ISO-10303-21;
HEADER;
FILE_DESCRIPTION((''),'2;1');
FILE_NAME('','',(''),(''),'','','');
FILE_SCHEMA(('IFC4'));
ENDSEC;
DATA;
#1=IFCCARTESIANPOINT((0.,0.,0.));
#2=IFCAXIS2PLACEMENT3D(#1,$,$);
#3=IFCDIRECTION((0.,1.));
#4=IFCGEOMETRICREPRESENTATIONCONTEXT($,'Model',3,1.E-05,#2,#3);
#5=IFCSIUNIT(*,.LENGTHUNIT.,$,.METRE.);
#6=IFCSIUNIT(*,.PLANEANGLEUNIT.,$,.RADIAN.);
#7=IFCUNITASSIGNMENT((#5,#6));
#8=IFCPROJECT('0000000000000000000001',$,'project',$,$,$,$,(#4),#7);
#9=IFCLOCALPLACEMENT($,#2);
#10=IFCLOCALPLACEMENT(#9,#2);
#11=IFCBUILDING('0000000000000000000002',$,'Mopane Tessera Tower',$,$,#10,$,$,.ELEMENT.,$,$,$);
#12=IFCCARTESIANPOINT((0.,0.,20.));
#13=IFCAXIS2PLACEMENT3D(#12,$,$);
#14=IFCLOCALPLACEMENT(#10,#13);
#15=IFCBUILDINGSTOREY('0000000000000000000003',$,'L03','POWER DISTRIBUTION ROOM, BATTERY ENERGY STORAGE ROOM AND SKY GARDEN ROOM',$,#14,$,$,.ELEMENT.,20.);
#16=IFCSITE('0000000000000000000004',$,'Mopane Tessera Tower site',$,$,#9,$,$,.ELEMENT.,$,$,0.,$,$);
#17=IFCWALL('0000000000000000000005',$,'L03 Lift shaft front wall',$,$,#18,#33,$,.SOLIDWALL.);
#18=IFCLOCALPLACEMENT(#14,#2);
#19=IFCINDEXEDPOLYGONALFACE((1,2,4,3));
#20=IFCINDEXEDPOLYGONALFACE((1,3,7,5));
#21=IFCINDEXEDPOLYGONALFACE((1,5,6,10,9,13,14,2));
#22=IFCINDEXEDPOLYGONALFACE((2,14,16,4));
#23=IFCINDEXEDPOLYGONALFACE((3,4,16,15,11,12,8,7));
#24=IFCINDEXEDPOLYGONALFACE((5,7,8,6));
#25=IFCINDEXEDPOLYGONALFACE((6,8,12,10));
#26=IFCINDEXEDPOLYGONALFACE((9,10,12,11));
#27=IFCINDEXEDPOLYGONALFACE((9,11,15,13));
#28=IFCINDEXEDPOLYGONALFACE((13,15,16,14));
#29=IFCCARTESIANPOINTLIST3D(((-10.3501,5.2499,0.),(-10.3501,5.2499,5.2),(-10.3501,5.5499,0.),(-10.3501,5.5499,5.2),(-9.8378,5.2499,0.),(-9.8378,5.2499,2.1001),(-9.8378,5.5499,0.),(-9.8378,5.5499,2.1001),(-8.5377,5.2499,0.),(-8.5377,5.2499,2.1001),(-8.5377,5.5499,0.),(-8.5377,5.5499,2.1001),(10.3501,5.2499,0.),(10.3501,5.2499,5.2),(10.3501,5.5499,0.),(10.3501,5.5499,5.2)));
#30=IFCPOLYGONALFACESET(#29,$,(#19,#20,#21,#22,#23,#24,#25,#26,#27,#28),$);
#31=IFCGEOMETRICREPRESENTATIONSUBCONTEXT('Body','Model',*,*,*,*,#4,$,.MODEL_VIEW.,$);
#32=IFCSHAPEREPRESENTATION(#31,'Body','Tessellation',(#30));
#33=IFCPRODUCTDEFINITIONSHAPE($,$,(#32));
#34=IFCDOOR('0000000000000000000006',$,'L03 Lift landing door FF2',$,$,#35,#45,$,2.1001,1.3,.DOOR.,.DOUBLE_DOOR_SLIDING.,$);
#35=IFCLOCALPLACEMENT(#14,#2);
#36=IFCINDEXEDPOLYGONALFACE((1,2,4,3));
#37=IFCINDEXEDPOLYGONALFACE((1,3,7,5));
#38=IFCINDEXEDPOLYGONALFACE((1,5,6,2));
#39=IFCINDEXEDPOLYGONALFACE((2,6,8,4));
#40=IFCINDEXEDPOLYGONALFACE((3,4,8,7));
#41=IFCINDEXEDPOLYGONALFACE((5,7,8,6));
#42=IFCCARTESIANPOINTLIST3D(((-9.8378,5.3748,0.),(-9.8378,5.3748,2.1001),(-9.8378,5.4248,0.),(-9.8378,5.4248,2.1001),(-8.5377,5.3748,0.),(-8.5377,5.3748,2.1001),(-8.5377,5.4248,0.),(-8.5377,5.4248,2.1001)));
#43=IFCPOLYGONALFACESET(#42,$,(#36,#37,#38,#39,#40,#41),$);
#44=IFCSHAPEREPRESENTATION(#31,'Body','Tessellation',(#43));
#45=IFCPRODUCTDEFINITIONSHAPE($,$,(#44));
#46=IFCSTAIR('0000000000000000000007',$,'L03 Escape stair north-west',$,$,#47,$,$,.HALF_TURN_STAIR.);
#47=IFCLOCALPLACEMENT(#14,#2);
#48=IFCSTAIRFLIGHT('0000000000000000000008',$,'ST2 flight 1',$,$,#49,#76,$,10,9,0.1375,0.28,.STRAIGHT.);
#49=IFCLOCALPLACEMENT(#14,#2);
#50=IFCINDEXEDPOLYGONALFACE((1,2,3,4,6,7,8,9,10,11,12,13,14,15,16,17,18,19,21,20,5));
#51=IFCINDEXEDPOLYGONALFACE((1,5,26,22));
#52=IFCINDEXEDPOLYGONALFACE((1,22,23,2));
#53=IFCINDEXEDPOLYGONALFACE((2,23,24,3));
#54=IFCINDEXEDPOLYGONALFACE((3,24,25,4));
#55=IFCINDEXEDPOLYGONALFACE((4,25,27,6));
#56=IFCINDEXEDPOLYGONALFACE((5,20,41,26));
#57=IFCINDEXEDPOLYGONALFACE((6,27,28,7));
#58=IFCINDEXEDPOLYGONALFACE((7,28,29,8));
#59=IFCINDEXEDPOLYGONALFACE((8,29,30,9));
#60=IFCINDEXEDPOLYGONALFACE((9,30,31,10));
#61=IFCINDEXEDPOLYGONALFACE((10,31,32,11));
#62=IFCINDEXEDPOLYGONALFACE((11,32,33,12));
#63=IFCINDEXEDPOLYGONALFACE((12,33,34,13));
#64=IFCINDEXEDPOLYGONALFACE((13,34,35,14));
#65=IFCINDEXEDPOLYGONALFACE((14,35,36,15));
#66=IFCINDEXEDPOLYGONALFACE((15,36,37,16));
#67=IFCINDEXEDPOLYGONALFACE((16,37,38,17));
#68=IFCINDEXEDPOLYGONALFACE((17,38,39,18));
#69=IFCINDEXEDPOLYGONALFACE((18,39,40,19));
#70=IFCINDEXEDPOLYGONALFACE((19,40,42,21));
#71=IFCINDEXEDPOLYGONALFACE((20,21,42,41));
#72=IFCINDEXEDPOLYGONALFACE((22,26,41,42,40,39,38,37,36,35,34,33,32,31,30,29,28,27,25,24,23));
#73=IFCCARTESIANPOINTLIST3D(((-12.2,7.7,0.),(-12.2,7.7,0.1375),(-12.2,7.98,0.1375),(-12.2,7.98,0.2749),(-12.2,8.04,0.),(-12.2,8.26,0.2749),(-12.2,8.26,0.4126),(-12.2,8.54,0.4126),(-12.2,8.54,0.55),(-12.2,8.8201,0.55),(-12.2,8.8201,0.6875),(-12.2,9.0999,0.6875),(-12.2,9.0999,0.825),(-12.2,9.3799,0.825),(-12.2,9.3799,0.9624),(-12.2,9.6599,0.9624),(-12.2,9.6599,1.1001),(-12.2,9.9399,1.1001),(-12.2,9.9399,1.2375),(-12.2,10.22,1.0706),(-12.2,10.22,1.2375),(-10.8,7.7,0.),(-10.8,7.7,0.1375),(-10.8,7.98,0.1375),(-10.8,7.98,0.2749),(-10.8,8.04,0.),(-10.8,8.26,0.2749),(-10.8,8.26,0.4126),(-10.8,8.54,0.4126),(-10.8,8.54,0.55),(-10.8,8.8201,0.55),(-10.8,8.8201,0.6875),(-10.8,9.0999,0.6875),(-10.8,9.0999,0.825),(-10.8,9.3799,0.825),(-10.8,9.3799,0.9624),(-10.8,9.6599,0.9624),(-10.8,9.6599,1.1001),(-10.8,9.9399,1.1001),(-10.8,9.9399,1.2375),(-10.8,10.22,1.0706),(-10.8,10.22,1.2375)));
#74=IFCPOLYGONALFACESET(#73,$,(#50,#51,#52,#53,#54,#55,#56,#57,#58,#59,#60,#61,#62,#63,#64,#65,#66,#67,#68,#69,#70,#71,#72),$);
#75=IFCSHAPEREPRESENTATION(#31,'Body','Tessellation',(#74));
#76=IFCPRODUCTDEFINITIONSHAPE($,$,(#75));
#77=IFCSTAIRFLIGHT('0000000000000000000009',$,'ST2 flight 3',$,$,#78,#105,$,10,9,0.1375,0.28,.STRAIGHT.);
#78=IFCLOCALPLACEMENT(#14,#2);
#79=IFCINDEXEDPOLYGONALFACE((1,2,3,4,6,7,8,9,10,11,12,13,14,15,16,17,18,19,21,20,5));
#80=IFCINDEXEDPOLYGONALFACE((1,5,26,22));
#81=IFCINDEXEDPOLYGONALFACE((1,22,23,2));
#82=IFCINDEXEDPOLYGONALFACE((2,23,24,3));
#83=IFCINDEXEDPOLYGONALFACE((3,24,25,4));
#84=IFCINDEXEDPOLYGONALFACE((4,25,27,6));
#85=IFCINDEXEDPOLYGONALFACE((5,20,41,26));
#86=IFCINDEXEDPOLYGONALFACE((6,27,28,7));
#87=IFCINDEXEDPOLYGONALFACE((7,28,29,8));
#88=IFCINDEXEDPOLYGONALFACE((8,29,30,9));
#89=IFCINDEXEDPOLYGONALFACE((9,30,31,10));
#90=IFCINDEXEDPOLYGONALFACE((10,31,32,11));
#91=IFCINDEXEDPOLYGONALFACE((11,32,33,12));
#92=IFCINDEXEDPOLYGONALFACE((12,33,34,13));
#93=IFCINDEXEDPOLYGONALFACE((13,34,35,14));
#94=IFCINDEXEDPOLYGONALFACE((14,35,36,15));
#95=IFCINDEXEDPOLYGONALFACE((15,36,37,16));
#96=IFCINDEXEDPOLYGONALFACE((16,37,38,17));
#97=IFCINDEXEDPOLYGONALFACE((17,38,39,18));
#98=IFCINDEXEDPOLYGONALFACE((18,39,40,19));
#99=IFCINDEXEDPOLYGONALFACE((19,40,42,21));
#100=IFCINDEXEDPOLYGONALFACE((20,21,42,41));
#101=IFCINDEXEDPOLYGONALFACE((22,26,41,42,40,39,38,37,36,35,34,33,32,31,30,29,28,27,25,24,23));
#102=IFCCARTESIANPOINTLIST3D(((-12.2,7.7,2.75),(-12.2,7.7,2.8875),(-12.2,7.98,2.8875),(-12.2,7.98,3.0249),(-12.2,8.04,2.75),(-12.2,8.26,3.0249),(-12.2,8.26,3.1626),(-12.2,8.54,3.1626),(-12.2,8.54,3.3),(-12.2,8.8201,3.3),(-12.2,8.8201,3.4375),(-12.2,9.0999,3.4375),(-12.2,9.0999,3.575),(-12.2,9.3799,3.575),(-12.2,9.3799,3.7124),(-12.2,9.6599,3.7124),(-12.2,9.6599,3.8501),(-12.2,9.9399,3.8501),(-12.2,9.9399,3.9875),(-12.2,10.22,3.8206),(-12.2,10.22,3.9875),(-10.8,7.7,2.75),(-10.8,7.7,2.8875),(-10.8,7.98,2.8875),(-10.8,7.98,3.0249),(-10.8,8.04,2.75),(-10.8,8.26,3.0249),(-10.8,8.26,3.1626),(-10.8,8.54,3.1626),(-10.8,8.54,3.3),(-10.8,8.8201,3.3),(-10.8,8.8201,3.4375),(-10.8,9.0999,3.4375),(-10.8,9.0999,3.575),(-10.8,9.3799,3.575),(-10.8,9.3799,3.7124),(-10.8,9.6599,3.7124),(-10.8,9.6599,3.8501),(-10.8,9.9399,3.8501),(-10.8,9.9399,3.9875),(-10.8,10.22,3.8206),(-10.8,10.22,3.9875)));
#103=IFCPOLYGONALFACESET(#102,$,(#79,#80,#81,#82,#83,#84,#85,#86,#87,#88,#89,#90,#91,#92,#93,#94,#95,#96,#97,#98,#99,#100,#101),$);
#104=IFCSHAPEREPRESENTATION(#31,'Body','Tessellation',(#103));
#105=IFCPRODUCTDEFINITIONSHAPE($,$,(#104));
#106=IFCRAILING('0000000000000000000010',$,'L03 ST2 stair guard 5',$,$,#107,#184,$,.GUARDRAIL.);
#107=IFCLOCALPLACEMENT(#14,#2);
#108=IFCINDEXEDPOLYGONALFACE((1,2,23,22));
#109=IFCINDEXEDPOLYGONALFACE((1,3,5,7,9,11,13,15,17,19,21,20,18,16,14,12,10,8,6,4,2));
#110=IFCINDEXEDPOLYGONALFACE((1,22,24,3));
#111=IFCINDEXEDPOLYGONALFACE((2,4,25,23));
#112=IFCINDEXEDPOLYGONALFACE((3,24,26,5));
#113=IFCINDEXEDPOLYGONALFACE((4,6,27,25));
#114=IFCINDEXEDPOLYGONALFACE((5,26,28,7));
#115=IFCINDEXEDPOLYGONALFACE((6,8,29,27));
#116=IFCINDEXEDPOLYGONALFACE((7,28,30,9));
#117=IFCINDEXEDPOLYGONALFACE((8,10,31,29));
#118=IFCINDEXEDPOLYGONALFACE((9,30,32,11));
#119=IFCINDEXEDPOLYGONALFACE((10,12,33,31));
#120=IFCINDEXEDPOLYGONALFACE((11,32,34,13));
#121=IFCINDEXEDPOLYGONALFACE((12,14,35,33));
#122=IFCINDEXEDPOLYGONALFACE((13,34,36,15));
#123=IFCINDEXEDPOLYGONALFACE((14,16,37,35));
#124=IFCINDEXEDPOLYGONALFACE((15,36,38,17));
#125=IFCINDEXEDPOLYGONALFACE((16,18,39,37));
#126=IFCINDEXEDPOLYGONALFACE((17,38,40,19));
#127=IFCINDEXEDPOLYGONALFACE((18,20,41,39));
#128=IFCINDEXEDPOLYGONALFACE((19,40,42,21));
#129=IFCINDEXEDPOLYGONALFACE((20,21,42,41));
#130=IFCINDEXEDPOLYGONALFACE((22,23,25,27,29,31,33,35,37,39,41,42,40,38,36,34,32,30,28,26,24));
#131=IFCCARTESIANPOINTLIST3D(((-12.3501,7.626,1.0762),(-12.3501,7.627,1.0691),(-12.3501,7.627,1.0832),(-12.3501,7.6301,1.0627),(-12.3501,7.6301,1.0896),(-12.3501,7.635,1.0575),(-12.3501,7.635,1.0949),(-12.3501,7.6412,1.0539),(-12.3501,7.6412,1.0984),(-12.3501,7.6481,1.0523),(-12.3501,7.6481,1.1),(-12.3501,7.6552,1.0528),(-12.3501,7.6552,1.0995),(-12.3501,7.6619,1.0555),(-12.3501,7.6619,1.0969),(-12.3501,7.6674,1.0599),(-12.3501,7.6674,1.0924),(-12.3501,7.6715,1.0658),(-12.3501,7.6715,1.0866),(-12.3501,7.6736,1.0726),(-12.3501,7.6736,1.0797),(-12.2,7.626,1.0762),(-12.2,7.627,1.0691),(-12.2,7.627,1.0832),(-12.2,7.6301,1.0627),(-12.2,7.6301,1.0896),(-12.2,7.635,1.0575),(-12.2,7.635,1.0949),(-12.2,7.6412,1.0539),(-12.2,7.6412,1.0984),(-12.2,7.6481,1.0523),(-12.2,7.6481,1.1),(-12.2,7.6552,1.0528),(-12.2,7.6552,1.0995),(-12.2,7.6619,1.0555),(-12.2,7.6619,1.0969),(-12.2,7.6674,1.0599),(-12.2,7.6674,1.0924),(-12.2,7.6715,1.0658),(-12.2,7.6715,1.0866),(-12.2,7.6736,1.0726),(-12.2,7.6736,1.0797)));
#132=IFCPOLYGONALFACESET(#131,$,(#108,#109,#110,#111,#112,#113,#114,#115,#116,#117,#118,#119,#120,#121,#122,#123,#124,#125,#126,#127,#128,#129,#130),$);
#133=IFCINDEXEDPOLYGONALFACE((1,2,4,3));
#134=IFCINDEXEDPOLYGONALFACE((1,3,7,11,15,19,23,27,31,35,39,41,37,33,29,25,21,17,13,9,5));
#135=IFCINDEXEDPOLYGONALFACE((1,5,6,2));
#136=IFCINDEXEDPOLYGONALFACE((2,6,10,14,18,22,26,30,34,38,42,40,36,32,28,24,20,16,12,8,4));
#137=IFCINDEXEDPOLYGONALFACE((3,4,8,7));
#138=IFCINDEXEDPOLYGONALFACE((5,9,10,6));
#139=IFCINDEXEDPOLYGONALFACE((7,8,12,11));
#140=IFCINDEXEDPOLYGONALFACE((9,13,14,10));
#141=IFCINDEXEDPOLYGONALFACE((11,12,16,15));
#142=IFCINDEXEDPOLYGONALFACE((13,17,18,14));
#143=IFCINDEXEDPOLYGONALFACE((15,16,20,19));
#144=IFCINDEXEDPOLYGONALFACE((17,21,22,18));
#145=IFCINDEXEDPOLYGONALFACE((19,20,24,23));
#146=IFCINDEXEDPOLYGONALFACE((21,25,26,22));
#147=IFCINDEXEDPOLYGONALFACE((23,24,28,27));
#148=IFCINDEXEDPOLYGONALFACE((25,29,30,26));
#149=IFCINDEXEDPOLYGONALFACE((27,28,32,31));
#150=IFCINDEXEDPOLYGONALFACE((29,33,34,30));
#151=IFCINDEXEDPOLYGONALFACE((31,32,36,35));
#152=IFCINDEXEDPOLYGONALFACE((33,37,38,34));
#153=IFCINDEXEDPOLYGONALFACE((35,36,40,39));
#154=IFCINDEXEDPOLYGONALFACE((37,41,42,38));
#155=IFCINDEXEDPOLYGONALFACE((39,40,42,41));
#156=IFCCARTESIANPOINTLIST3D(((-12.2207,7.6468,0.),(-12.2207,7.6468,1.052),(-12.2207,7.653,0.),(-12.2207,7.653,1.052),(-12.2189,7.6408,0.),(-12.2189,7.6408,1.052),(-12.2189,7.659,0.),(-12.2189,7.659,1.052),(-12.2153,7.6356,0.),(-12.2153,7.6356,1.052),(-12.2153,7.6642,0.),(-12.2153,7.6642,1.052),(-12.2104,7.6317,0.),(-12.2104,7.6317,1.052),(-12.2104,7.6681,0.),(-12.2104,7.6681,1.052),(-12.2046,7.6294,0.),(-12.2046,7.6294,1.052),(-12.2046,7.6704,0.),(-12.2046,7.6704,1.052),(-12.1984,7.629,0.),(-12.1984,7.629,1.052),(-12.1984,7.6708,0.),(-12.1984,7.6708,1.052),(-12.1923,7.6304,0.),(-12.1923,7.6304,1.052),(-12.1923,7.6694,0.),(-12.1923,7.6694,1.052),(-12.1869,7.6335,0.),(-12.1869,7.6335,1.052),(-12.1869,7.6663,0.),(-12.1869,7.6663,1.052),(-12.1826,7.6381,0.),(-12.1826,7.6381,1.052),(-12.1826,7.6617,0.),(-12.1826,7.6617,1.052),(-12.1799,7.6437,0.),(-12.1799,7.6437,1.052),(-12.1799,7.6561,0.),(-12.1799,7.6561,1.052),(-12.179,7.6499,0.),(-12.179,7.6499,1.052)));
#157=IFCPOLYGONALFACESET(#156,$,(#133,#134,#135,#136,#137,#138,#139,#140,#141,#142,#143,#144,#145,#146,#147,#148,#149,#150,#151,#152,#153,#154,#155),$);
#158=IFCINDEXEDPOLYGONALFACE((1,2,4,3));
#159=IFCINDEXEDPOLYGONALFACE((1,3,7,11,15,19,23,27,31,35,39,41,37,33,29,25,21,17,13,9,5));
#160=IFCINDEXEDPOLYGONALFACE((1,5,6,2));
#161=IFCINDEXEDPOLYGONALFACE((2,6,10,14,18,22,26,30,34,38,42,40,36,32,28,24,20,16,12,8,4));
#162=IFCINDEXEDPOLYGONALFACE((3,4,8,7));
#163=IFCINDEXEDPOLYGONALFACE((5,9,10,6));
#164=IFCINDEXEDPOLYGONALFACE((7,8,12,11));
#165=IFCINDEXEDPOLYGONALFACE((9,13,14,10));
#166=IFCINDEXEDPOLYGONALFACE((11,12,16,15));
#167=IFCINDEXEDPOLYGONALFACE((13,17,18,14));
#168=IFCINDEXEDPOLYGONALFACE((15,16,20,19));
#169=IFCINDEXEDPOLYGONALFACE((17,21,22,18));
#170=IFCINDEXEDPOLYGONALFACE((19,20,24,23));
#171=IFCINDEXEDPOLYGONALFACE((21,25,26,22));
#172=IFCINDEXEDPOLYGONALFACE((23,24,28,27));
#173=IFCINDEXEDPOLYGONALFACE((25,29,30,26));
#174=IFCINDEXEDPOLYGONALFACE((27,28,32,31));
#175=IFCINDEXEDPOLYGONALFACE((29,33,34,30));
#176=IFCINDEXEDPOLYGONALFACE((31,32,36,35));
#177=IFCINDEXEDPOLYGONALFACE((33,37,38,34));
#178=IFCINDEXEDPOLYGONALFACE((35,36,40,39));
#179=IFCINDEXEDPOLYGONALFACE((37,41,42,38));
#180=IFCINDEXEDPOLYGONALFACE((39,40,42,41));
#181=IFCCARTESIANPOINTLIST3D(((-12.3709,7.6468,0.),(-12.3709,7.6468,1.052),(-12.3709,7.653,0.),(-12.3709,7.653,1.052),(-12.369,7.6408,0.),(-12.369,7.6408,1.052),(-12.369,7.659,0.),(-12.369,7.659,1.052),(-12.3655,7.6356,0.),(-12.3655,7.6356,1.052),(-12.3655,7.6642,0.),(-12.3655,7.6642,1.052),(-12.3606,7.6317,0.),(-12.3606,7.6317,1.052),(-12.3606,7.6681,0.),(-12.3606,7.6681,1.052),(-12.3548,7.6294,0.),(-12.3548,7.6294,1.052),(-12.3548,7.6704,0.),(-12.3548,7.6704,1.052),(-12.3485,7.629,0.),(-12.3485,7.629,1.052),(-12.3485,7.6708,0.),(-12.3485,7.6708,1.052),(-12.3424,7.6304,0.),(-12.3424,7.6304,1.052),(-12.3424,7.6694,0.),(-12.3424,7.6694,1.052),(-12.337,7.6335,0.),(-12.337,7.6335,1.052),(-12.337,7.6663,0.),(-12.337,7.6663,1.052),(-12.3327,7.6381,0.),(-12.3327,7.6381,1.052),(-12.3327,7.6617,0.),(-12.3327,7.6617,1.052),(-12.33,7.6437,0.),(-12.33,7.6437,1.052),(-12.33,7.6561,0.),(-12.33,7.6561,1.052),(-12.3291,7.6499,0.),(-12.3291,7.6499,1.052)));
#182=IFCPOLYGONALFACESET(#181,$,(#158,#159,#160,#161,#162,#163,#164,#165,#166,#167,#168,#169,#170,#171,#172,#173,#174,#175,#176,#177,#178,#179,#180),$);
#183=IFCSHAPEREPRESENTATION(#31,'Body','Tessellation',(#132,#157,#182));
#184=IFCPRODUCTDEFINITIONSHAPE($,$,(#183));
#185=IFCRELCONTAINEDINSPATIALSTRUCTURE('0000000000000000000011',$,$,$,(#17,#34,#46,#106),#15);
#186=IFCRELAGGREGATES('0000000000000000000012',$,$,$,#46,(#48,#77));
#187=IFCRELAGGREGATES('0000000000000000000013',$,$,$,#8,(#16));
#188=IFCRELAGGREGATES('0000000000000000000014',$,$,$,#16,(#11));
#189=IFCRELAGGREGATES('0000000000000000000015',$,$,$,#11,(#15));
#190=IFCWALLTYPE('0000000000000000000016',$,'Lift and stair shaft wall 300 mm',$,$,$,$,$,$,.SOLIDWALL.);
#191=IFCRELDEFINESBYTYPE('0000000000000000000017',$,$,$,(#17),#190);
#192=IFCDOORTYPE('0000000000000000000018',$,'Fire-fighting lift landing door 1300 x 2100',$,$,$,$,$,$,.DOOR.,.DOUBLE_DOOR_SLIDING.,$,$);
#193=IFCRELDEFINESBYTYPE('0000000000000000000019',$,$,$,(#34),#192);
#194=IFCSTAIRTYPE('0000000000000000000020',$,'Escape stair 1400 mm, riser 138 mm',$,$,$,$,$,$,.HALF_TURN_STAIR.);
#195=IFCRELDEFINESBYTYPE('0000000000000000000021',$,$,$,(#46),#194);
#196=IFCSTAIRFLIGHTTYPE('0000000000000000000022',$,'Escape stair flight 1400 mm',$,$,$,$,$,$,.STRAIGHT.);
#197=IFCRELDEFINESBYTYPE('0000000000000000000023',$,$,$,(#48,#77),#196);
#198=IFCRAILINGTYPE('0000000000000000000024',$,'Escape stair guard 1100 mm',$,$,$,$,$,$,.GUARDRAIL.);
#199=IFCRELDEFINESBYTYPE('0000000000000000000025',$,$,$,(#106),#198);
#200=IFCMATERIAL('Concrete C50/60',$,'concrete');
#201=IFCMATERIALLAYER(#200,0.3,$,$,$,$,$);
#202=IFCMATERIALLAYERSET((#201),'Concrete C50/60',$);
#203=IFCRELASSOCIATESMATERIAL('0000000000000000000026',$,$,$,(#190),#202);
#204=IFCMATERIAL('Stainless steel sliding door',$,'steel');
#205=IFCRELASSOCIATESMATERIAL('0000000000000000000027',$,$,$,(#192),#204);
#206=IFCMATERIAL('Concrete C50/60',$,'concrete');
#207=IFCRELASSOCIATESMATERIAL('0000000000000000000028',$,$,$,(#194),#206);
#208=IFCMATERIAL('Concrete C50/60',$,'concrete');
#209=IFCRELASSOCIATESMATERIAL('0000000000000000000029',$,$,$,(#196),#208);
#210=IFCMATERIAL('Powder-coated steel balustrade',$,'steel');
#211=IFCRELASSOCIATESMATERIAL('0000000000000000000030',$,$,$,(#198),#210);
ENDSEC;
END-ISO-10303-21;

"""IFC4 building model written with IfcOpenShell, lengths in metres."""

from ifc_helpers import new_model, si_unit, direction, frame, frame_2d, origin, origin_2d, place, context, subcontext, project, spatial, polyline, rectangle, circle, outline, extrude, material, layer, layer_set, type_object, element, fill, aggregate, save


model = new_model("IFC4")

# Units and contexts
model_context = context("Model", 3, precision=1e-05, world=origin(), true_north=direction((0.0, 1.0)))
body_context = subcontext(model_context, "Body", "Model", "MODEL_VIEW")
ifc_project = project(units=[si_unit("LENGTHUNIT", "METRE"), si_unit("PLANEANGLEUNIT", "RADIAN")], contexts=[model_context])

# Site, building, storey
site_placement = place(None, origin())
site = spatial("IfcSite", under=ifc_project, at=site_placement, Name="Mopane Tessera Tower site", CompositionType="ELEMENT", RefElevation=0.0)
building_placement = place(site_placement, origin())
building = spatial("IfcBuilding", under=site, at=building_placement, Name="Mopane Tessera Tower", CompositionType="ELEMENT")
storey_placement = place(building_placement, frame((0.0, 0.0, 20.0)))
storey = spatial("IfcBuildingStorey", under=building, at=storey_placement, Name="L03", Description="POWER DISTRIBUTION ROOM, BATTERY ENERGY STORAGE ROOM AND SKY GARDEN ROOM", CompositionType="ELEMENT", Elevation=20.0)

# Shared definitions
ifc_material_1 = material(Name="Concrete C50/60", Category="concrete")
ifc_layer_1 = layer(ifc_material_1, 0.3)
ifc_layer_set_1 = layer_set([ifc_layer_1], Name="Concrete C50/60")
wall_type_1 = type_object("IfcWallType", Name="Lift and stair shaft wall 300 mm", PredefinedType="SOLIDWALL", material=ifc_layer_set_1)
ifc_material_2 = material(Name="Stainless steel sliding door", Category="steel")
door_type_1 = type_object("IfcDoorType", Name="Fire-fighting lift landing door 1300 x 2100", OperationType="DOUBLE_DOOR_SLIDING", PredefinedType="DOOR", material=ifc_material_2)

# Wall, opening, door
wall_1_placement = place(storey_placement, frame((-10.3501, 5.3999, 0.0), z_axis=(0.0, 0.0, 1.0), x_axis=(1.0, 0.0, 0.0)))
wall_1 = element("IfcWall", 1, at=wall_1_placement, inside=storey, type_object=wall_type_1, Name="L03 Lift shaft front wall", PredefinedType="SOLIDWALL", context=body_context, shape_type="SweptSolid", body=[
    extrude(rectangle(XDim=20.7002, YDim=0.3, at=frame_2d((10.3501, 0.0))), origin(), (0.0, 0.0, 1.0), 5.2),
])
opening_1_placement = place(wall_1_placement, frame((0.5125, 0.0, 0.0)))
opening_1 = element("IfcOpeningElement", 2, at=opening_1_placement, cuts=wall_1, PredefinedType="OPENING", context=body_context, shape_type="SweptSolid", body=[
    extrude(rectangle(XDim=1.3, YDim=2.1001, at=frame_2d((0.6499, 1.05))), frame((0.0, 0.1621, 0.0), z_axis=(0.0, -1.0, 0.0), x_axis=(1.0, 0.0, 0.0)), (0.0, 0.0, 1.0), 0.324),
])
door_1_placement = place(opening_1_placement, origin())
door_1 = element("IfcDoor", 3, at=door_1_placement, inside=storey, type_object=door_type_1, Name="L03 Lift landing door FF2", OperationType="DOUBLE_DOOR_SLIDING", OverallHeight=2.1001, OverallWidth=1.3, PredefinedType="DOOR", context=body_context, shape_type="SweptSolid", body=[
    extrude(rectangle(XDim=1.3, YDim=2.1001, at=frame_2d((0.6499, 1.05))), frame((0.0, 0.0249, 0.0), z_axis=(0.0, -1.0, 0.0), x_axis=(1.0, 0.0, 0.0)), (0.0, 0.0, 1.0), 0.05),
])
fill(opening_1, door_1)

# Stair, stair flights
ifc_material_3 = material(Name="Concrete C50/60", Category="concrete")
stair_type = type_object("IfcStairType", Name="Escape stair 1400 mm, riser 138 mm", PredefinedType="HALF_TURN_STAIR", material=ifc_material_3)
stair_placement = place(storey_placement, origin())
stair = element("IfcStair", 4, at=stair_placement, inside=storey, type_object=stair_type, Name="L03 Escape stair north-west", PredefinedType="HALF_TURN_STAIR")
ifc_material_4 = material(Name="Concrete C50/60", Category="concrete")
stair_flight_type = type_object("IfcStairFlightType", Name="Escape stair flight 1400 mm", PredefinedType="STRAIGHT", material=ifc_material_4)
stair_flight_1_placement = place(storey_placement, frame((-11.5, 7.7, 0.0), z_axis=(0.0, 0.0, 1.0), x_axis=(0.0, 1.0, 0.0)))
stair_flight_1 = element("IfcStairFlight", 5, at=stair_flight_1_placement, type_object=stair_flight_type, Name="ST2 flight 1", NumberOfRisers=10, NumberOfTreads=9, PredefinedType="STRAIGHT", RiserHeight=0.1375, TreadLength=0.28, context=body_context, shape_type="SweptSolid", body=[
    extrude(outline(polyline([(0.0, 0.0), (0.0, 0.1375), (0.28, 0.1375), (0.28, 0.2749), (0.5601, 0.2749), (0.5601, 0.4126), (0.8401, 0.4126), (0.8401, 0.55), (1.1201, 0.55), (1.1201, 0.6875), (1.3999, 0.6875), (1.3999, 0.825), (1.6799, 0.825), (1.6799, 0.9624), (1.96, 0.9624), (1.96, 1.1001), (2.24, 1.1001), (2.24, 1.2375), (2.52, 1.2375), (2.52, 1.375), (2.52, 1.0706), (0.3401, 0.0), (0.0, 0.0)])), frame((0.0, 0.7, 0.0), z_axis=(0.0, -1.0, 0.0), x_axis=(1.0, 0.0, 0.0)), (0.0, 0.0, 1.0), 1.3999),
])
stair_flight_2_placement = place(storey_placement, frame((-11.5, 7.7, 2.75), z_axis=(0.0, 0.0, 1.0), x_axis=(0.0, 1.0, 0.0)))
stair_flight_2 = element("IfcStairFlight", 6, at=stair_flight_2_placement, type_object=stair_flight_type, Name="ST2 flight 3", NumberOfRisers=10, NumberOfTreads=9, PredefinedType="STRAIGHT", RiserHeight=0.1375, TreadLength=0.28, context=body_context, shape_type="SweptSolid", body=[
    extrude(outline(polyline([(0.0, 0.0), (0.0, 0.1375), (0.28, 0.1375), (0.28, 0.2749), (0.5601, 0.2749), (0.5601, 0.4126), (0.8401, 0.4126), (0.8401, 0.55), (1.1201, 0.55), (1.1201, 0.6875), (1.3999, 0.6875), (1.3999, 0.825), (1.6799, 0.825), (1.6799, 0.9624), (1.96, 0.9624), (1.96, 1.1001), (2.24, 1.1001), (2.24, 1.2375), (2.52, 1.2375), (2.52, 1.375), (2.52, 1.0706), (0.3401, 0.0), (0.0, 0.0)])), frame((0.0, 0.7, 0.0), z_axis=(0.0, -1.0, 0.0), x_axis=(1.0, 0.0, 0.0)), (0.0, 0.0, 1.0), 1.3999),
])
aggregate(stair, [stair_flight_1, stair_flight_2])

# Railing
ifc_material_5 = material(Name="Powder-coated steel balustrade", Category="steel")
railing_type_1 = type_object("IfcRailingType", Name="Escape stair guard 1100 mm", PredefinedType="GUARDRAIL", material=ifc_material_5)
railing_1_placement = place(storey_placement, frame((-12.2, 7.6499, 0.0)))
element("IfcRailing", 7, at=railing_1_placement, inside=storey, type_object=railing_type_1, Name="L03 ST2 stair guard 5", PredefinedType="GUARDRAIL", context=body_context, shape_type="SweptSolid", body=[
    extrude(circle(Radius=0.0239, at=origin_2d()), frame((0.0, 0.0, 1.0762), z_axis=(-1.0, 0.0, 0.0), x_axis=(0.0, -1.0, 0.0)), (0.0, 0.0, 1.0), 0.1501),
    extrude(circle(Radius=0.021, at=origin_2d()), origin(), (0.0, 0.0, 1.0), 1.052),
    extrude(circle(Radius=0.021, at=origin_2d()), frame((-0.1501, 0.0, 0.0)), (0.0, 0.0, 1.0), 1.052),
])

save(model, "model.ifc")
